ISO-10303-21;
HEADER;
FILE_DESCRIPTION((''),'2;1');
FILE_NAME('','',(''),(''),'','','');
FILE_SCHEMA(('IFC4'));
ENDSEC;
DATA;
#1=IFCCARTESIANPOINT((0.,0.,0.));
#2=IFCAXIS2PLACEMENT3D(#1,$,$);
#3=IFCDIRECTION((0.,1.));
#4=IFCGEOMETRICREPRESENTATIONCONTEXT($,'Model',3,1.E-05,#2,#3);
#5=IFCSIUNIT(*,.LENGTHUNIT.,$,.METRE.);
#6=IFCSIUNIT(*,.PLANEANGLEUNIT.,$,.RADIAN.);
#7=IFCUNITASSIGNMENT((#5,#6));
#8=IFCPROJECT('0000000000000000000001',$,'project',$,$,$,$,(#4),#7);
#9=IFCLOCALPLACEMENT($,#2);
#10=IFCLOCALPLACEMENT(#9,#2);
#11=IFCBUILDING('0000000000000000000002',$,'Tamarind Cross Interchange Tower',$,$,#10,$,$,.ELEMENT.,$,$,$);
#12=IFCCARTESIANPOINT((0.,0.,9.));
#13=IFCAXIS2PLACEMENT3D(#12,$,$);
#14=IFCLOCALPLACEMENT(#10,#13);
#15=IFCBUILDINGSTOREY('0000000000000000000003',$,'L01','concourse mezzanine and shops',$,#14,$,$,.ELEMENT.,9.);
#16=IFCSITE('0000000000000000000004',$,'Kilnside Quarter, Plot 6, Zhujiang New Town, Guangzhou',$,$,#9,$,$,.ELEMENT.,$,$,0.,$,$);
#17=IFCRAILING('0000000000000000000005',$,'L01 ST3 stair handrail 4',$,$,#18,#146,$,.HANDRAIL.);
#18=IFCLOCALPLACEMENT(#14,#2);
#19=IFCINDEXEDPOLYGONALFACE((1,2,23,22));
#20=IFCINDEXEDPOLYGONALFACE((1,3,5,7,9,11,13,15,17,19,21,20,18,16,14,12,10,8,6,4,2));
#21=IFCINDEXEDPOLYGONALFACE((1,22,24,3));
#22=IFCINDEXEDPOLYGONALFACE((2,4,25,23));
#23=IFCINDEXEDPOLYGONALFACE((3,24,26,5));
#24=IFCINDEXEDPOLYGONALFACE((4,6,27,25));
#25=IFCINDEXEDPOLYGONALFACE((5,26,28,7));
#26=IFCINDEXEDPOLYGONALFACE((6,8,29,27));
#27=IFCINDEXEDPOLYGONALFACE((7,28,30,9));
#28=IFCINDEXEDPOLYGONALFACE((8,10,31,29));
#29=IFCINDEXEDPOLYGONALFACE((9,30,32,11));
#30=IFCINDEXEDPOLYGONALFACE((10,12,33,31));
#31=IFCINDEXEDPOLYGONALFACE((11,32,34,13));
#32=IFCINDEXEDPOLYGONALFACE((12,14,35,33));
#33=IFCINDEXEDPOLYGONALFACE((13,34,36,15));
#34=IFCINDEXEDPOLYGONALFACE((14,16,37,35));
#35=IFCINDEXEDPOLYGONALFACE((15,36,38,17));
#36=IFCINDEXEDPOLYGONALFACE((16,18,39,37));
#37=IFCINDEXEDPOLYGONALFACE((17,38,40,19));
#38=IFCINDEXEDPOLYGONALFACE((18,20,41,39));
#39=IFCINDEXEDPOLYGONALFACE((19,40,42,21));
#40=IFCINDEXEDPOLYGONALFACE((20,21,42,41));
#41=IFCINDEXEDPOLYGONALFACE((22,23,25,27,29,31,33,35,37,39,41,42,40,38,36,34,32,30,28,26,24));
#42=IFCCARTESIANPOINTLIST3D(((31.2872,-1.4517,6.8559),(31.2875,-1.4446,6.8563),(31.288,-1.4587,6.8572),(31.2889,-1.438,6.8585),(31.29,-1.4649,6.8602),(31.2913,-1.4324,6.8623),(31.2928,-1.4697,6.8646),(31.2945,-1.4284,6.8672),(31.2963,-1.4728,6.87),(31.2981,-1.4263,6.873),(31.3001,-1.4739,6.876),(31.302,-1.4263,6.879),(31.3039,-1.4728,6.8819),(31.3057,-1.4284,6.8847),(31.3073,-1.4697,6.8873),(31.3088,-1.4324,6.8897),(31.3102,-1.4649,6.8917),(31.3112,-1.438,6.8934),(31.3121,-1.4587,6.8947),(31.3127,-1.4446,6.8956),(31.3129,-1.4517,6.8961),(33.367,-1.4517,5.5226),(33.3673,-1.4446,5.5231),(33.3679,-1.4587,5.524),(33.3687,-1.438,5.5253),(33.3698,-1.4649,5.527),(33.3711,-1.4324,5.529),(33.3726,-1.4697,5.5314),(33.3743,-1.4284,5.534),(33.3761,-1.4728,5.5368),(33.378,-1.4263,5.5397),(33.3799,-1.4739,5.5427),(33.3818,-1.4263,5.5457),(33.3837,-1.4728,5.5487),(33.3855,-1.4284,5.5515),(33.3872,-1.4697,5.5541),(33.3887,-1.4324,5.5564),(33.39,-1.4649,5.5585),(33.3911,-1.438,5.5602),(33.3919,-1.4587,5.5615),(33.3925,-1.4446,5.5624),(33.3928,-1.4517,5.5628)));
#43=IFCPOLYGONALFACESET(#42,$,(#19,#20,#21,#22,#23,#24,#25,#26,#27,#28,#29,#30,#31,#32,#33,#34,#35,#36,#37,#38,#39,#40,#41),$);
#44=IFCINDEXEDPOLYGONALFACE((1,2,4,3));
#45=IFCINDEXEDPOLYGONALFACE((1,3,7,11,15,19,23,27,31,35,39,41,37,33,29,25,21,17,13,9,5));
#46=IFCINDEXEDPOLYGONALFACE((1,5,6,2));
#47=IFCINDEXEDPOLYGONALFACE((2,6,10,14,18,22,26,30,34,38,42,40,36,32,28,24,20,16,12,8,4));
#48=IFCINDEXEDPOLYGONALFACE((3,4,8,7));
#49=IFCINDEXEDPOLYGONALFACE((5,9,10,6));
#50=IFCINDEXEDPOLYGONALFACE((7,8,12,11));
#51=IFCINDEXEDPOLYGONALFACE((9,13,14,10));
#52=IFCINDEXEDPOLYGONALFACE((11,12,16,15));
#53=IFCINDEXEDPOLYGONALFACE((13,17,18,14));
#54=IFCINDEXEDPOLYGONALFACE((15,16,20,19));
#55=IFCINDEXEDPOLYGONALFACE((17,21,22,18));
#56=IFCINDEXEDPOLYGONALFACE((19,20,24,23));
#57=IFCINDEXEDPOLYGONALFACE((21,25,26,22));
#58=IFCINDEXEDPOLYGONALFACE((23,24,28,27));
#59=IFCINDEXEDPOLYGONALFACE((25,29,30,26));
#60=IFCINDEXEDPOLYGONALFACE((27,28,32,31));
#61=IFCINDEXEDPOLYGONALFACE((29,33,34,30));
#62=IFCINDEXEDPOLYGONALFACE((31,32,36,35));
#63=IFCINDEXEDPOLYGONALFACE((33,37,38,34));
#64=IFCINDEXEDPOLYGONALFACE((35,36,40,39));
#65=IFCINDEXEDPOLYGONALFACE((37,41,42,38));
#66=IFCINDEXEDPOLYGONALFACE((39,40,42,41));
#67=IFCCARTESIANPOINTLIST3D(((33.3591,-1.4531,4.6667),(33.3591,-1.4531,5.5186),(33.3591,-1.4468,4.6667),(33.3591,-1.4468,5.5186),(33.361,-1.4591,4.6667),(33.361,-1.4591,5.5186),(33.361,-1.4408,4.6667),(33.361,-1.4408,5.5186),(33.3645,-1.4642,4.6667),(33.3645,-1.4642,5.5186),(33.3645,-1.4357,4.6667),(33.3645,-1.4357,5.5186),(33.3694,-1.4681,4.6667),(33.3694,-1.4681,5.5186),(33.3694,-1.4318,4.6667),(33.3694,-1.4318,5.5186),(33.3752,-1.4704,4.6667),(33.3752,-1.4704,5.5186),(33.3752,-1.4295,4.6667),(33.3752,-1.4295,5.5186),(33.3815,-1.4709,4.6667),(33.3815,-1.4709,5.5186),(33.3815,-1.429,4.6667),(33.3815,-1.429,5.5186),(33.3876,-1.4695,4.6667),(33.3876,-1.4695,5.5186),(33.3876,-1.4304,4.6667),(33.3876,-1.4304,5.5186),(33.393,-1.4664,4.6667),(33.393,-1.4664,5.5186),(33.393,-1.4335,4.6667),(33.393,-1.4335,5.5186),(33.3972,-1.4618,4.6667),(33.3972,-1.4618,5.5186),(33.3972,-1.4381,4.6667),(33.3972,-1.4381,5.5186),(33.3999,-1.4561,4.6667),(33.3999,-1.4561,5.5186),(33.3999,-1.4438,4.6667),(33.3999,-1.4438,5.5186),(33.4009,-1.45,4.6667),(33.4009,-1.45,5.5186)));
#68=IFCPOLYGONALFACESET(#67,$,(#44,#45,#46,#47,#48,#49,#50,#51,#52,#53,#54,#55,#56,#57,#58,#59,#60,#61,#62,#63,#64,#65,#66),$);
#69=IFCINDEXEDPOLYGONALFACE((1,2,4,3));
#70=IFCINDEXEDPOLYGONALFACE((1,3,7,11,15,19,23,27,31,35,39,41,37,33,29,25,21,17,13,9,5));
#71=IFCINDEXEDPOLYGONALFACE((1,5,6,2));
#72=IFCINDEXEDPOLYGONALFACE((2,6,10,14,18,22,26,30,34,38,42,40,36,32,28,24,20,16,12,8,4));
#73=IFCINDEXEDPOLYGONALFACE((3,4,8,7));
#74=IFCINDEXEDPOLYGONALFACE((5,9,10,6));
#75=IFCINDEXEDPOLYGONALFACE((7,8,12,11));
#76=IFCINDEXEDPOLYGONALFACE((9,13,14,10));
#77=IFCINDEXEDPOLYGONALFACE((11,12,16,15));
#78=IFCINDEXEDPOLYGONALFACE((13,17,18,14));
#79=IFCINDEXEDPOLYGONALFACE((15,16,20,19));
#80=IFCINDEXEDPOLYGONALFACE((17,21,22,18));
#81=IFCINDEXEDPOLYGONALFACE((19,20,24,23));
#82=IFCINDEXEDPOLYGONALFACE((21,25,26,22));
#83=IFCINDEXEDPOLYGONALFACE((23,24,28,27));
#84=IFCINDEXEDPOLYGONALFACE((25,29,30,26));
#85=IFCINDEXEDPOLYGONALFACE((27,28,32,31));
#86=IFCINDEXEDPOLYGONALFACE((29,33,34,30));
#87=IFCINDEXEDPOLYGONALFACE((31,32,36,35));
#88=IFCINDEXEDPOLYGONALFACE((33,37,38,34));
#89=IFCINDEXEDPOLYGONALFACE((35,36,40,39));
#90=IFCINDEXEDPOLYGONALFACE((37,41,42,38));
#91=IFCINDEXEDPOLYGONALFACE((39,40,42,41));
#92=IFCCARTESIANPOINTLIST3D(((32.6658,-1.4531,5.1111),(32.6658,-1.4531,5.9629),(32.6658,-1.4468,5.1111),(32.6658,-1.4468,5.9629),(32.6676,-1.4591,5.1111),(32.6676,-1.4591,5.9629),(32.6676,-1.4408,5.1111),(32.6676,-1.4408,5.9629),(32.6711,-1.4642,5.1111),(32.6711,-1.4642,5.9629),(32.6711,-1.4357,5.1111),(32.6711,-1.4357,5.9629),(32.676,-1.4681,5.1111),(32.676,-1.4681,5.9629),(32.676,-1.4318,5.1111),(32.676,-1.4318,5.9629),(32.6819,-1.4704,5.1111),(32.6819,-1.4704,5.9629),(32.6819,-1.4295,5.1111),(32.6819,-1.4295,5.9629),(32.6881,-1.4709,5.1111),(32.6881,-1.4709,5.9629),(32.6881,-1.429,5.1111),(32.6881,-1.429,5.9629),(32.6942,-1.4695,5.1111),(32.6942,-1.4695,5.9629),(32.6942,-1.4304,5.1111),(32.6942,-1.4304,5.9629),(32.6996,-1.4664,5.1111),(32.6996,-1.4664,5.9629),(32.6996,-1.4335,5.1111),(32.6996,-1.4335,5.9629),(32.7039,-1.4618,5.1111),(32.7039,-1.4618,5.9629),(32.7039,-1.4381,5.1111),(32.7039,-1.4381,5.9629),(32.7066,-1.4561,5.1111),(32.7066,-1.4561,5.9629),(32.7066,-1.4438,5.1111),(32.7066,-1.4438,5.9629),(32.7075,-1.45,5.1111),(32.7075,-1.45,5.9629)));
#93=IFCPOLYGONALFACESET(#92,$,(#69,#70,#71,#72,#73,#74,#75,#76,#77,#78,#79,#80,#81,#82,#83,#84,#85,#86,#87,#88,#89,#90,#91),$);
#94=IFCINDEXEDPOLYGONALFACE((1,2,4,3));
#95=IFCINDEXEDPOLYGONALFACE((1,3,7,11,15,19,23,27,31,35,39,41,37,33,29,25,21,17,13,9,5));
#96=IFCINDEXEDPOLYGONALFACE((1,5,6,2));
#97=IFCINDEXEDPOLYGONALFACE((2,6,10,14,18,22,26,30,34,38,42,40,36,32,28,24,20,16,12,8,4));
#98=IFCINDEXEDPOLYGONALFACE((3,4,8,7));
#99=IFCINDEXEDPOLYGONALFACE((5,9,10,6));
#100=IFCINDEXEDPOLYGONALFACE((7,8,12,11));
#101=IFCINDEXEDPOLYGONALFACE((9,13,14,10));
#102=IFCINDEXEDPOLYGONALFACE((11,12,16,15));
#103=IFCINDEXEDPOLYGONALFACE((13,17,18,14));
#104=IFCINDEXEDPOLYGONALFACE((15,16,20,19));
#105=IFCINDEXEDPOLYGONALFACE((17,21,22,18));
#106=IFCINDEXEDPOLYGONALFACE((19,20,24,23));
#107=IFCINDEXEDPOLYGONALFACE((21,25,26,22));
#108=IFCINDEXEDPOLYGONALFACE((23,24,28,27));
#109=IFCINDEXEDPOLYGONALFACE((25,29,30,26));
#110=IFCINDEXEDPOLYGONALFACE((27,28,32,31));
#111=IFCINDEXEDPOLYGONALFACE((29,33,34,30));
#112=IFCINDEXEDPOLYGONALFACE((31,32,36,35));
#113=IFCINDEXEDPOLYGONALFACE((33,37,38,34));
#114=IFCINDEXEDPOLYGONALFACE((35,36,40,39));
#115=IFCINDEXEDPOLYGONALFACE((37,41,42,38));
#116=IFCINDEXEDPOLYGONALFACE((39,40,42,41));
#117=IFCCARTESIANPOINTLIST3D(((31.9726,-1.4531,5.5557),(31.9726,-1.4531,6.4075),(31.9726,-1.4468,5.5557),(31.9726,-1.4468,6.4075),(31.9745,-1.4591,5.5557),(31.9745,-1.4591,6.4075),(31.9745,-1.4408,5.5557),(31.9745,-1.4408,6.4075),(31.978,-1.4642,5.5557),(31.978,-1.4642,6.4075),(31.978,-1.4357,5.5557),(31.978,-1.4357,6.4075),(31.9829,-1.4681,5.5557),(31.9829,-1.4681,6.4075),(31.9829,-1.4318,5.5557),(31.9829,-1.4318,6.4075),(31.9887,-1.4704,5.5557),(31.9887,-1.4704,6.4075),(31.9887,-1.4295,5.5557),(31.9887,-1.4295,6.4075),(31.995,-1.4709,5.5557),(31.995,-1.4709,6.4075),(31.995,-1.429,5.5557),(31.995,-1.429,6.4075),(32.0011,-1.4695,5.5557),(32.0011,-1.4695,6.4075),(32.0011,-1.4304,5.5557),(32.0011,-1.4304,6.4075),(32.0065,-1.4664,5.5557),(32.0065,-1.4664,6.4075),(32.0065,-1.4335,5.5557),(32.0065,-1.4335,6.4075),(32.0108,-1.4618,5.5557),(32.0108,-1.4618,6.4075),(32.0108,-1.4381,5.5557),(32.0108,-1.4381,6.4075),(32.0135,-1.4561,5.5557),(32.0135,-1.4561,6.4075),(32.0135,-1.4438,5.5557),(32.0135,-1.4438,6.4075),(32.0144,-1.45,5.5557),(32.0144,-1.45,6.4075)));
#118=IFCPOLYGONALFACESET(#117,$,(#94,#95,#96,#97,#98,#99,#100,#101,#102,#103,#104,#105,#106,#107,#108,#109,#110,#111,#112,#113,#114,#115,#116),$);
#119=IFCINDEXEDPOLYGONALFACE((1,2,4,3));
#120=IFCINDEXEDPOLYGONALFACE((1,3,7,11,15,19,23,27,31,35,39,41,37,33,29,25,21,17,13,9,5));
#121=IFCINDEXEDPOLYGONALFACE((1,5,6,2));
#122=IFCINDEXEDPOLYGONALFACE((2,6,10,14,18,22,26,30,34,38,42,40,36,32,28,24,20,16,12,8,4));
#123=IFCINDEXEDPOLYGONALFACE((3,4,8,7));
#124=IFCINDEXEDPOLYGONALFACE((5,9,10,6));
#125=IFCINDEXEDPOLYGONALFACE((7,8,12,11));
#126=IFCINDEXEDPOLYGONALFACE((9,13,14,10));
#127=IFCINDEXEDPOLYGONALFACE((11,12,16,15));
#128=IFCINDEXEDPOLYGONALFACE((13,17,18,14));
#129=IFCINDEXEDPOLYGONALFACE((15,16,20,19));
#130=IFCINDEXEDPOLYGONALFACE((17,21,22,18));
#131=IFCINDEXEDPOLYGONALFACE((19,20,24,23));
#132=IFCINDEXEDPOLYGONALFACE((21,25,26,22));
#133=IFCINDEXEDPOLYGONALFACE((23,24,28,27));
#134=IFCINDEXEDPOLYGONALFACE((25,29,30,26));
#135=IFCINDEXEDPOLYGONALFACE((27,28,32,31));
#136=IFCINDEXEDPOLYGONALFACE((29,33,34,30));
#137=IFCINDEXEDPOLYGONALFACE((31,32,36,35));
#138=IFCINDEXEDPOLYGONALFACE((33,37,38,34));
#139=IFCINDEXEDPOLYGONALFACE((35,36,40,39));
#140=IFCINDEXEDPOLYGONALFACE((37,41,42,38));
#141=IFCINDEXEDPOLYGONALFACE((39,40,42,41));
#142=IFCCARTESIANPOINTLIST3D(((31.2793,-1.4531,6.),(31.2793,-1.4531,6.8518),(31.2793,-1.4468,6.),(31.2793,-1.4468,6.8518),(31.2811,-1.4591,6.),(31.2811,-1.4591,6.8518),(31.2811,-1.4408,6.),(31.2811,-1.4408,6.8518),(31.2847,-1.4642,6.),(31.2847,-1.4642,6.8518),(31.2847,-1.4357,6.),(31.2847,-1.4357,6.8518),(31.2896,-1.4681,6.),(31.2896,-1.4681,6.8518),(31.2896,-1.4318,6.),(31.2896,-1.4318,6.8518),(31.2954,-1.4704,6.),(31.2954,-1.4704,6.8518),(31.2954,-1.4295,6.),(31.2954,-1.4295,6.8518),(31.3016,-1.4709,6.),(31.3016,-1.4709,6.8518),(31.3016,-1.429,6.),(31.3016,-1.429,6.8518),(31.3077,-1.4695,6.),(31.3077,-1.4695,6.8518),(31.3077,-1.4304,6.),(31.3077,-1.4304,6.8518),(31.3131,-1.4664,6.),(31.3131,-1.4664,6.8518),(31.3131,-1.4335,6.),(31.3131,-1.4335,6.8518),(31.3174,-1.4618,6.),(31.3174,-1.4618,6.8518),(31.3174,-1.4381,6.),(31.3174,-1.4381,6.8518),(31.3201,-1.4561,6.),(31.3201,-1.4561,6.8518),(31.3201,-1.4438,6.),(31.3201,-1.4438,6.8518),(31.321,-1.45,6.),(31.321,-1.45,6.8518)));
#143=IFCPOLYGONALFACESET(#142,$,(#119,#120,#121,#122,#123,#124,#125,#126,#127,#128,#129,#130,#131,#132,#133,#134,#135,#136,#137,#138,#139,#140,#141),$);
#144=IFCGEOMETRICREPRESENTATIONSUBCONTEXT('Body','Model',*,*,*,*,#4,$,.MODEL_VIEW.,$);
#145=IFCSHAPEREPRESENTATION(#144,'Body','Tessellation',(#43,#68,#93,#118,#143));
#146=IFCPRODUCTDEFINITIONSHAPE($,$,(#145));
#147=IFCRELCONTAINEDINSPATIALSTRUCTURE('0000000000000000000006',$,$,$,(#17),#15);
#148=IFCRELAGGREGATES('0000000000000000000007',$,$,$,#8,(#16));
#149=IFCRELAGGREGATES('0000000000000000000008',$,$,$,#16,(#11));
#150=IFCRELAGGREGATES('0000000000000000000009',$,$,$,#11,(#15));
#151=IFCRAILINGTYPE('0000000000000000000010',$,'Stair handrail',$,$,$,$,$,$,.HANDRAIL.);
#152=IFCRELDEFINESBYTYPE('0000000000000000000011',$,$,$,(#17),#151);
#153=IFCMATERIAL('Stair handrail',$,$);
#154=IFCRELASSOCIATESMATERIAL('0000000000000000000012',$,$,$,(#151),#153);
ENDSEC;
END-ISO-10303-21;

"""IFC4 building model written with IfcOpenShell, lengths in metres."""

from ifc_helpers import new_model, si_unit, direction, frame, origin, origin_2d, place, context, subcontext, project, spatial, circle, extrude, material, type_object, element, save


model = new_model("IFC4")

# Units and contexts
model_context = context("Model", 3, precision=1e-05, world=origin(), true_north=direction((0.0, 1.0)))
body_context = subcontext(model_context, "Body", "Model", "MODEL_VIEW")
ifc_project = project(units=[si_unit("LENGTHUNIT", "METRE"), si_unit("PLANEANGLEUNIT", "RADIAN")], contexts=[model_context])

# Site, building, storey
site_placement = place(None, origin())
site = spatial("IfcSite", under=ifc_project, at=site_placement, Name="Kilnside Quarter, Plot 6, Zhujiang New Town, Guangzhou", CompositionType="ELEMENT", RefElevation=0.0)
building_placement = place(site_placement, origin())
building = spatial("IfcBuilding", under=site, at=building_placement, Name="Tamarind Cross Interchange Tower", CompositionType="ELEMENT")
storey_placement = place(building_placement, frame((0.0, 0.0, 9.0)))
storey = spatial("IfcBuildingStorey", under=building, at=storey_placement, Name="L01", Description="concourse mezzanine and shops", CompositionType="ELEMENT", Elevation=9.0)

# Railing
ifc_material_1 = material(Name="Stair handrail")
railing_type_1 = type_object("IfcRailingType", Name="Stair handrail", PredefinedType="HANDRAIL", material=ifc_material_1)
for number, where, name in (
    (1, (33.3799, -1.45, 4.6667), "L01 ST3 stair handrail 4"),
):
    element("IfcRailing", number, at=place(storey_placement, frame(where)), inside=storey, type_object=railing_type_1, Name=name, PredefinedType="HANDRAIL", context=body_context, shape_type="SweptSolid", body=[
        extrude(circle(Radius=0.0239, at=origin_2d()), frame((0.0, 0.0, 0.876), z_axis=(-0.841875, 0.0, 0.539673), x_axis=(0.0, -1.0, 0.0)), (0.0, 0.0, 1.0), 2.4705),
        extrude(circle(Radius=0.021, at=origin_2d()), origin(), (0.0, 0.0, 1.0), 0.8518),
        extrude(circle(Radius=0.021, at=origin_2d()), frame((-0.6934, 0.0, 0.4443)), (0.0, 0.0, 1.0), 0.8518),
        extrude(circle(Radius=0.021, at=origin_2d()), frame((-1.3865, 0.0, 0.8889)), (0.0, 0.0, 1.0), 0.8518),
        extrude(circle(Radius=0.021, at=origin_2d()), frame((-2.0798, 0.0, 1.3333)), (0.0, 0.0, 1.0), 0.8518),
    ])

save(model, "model.ifc")
